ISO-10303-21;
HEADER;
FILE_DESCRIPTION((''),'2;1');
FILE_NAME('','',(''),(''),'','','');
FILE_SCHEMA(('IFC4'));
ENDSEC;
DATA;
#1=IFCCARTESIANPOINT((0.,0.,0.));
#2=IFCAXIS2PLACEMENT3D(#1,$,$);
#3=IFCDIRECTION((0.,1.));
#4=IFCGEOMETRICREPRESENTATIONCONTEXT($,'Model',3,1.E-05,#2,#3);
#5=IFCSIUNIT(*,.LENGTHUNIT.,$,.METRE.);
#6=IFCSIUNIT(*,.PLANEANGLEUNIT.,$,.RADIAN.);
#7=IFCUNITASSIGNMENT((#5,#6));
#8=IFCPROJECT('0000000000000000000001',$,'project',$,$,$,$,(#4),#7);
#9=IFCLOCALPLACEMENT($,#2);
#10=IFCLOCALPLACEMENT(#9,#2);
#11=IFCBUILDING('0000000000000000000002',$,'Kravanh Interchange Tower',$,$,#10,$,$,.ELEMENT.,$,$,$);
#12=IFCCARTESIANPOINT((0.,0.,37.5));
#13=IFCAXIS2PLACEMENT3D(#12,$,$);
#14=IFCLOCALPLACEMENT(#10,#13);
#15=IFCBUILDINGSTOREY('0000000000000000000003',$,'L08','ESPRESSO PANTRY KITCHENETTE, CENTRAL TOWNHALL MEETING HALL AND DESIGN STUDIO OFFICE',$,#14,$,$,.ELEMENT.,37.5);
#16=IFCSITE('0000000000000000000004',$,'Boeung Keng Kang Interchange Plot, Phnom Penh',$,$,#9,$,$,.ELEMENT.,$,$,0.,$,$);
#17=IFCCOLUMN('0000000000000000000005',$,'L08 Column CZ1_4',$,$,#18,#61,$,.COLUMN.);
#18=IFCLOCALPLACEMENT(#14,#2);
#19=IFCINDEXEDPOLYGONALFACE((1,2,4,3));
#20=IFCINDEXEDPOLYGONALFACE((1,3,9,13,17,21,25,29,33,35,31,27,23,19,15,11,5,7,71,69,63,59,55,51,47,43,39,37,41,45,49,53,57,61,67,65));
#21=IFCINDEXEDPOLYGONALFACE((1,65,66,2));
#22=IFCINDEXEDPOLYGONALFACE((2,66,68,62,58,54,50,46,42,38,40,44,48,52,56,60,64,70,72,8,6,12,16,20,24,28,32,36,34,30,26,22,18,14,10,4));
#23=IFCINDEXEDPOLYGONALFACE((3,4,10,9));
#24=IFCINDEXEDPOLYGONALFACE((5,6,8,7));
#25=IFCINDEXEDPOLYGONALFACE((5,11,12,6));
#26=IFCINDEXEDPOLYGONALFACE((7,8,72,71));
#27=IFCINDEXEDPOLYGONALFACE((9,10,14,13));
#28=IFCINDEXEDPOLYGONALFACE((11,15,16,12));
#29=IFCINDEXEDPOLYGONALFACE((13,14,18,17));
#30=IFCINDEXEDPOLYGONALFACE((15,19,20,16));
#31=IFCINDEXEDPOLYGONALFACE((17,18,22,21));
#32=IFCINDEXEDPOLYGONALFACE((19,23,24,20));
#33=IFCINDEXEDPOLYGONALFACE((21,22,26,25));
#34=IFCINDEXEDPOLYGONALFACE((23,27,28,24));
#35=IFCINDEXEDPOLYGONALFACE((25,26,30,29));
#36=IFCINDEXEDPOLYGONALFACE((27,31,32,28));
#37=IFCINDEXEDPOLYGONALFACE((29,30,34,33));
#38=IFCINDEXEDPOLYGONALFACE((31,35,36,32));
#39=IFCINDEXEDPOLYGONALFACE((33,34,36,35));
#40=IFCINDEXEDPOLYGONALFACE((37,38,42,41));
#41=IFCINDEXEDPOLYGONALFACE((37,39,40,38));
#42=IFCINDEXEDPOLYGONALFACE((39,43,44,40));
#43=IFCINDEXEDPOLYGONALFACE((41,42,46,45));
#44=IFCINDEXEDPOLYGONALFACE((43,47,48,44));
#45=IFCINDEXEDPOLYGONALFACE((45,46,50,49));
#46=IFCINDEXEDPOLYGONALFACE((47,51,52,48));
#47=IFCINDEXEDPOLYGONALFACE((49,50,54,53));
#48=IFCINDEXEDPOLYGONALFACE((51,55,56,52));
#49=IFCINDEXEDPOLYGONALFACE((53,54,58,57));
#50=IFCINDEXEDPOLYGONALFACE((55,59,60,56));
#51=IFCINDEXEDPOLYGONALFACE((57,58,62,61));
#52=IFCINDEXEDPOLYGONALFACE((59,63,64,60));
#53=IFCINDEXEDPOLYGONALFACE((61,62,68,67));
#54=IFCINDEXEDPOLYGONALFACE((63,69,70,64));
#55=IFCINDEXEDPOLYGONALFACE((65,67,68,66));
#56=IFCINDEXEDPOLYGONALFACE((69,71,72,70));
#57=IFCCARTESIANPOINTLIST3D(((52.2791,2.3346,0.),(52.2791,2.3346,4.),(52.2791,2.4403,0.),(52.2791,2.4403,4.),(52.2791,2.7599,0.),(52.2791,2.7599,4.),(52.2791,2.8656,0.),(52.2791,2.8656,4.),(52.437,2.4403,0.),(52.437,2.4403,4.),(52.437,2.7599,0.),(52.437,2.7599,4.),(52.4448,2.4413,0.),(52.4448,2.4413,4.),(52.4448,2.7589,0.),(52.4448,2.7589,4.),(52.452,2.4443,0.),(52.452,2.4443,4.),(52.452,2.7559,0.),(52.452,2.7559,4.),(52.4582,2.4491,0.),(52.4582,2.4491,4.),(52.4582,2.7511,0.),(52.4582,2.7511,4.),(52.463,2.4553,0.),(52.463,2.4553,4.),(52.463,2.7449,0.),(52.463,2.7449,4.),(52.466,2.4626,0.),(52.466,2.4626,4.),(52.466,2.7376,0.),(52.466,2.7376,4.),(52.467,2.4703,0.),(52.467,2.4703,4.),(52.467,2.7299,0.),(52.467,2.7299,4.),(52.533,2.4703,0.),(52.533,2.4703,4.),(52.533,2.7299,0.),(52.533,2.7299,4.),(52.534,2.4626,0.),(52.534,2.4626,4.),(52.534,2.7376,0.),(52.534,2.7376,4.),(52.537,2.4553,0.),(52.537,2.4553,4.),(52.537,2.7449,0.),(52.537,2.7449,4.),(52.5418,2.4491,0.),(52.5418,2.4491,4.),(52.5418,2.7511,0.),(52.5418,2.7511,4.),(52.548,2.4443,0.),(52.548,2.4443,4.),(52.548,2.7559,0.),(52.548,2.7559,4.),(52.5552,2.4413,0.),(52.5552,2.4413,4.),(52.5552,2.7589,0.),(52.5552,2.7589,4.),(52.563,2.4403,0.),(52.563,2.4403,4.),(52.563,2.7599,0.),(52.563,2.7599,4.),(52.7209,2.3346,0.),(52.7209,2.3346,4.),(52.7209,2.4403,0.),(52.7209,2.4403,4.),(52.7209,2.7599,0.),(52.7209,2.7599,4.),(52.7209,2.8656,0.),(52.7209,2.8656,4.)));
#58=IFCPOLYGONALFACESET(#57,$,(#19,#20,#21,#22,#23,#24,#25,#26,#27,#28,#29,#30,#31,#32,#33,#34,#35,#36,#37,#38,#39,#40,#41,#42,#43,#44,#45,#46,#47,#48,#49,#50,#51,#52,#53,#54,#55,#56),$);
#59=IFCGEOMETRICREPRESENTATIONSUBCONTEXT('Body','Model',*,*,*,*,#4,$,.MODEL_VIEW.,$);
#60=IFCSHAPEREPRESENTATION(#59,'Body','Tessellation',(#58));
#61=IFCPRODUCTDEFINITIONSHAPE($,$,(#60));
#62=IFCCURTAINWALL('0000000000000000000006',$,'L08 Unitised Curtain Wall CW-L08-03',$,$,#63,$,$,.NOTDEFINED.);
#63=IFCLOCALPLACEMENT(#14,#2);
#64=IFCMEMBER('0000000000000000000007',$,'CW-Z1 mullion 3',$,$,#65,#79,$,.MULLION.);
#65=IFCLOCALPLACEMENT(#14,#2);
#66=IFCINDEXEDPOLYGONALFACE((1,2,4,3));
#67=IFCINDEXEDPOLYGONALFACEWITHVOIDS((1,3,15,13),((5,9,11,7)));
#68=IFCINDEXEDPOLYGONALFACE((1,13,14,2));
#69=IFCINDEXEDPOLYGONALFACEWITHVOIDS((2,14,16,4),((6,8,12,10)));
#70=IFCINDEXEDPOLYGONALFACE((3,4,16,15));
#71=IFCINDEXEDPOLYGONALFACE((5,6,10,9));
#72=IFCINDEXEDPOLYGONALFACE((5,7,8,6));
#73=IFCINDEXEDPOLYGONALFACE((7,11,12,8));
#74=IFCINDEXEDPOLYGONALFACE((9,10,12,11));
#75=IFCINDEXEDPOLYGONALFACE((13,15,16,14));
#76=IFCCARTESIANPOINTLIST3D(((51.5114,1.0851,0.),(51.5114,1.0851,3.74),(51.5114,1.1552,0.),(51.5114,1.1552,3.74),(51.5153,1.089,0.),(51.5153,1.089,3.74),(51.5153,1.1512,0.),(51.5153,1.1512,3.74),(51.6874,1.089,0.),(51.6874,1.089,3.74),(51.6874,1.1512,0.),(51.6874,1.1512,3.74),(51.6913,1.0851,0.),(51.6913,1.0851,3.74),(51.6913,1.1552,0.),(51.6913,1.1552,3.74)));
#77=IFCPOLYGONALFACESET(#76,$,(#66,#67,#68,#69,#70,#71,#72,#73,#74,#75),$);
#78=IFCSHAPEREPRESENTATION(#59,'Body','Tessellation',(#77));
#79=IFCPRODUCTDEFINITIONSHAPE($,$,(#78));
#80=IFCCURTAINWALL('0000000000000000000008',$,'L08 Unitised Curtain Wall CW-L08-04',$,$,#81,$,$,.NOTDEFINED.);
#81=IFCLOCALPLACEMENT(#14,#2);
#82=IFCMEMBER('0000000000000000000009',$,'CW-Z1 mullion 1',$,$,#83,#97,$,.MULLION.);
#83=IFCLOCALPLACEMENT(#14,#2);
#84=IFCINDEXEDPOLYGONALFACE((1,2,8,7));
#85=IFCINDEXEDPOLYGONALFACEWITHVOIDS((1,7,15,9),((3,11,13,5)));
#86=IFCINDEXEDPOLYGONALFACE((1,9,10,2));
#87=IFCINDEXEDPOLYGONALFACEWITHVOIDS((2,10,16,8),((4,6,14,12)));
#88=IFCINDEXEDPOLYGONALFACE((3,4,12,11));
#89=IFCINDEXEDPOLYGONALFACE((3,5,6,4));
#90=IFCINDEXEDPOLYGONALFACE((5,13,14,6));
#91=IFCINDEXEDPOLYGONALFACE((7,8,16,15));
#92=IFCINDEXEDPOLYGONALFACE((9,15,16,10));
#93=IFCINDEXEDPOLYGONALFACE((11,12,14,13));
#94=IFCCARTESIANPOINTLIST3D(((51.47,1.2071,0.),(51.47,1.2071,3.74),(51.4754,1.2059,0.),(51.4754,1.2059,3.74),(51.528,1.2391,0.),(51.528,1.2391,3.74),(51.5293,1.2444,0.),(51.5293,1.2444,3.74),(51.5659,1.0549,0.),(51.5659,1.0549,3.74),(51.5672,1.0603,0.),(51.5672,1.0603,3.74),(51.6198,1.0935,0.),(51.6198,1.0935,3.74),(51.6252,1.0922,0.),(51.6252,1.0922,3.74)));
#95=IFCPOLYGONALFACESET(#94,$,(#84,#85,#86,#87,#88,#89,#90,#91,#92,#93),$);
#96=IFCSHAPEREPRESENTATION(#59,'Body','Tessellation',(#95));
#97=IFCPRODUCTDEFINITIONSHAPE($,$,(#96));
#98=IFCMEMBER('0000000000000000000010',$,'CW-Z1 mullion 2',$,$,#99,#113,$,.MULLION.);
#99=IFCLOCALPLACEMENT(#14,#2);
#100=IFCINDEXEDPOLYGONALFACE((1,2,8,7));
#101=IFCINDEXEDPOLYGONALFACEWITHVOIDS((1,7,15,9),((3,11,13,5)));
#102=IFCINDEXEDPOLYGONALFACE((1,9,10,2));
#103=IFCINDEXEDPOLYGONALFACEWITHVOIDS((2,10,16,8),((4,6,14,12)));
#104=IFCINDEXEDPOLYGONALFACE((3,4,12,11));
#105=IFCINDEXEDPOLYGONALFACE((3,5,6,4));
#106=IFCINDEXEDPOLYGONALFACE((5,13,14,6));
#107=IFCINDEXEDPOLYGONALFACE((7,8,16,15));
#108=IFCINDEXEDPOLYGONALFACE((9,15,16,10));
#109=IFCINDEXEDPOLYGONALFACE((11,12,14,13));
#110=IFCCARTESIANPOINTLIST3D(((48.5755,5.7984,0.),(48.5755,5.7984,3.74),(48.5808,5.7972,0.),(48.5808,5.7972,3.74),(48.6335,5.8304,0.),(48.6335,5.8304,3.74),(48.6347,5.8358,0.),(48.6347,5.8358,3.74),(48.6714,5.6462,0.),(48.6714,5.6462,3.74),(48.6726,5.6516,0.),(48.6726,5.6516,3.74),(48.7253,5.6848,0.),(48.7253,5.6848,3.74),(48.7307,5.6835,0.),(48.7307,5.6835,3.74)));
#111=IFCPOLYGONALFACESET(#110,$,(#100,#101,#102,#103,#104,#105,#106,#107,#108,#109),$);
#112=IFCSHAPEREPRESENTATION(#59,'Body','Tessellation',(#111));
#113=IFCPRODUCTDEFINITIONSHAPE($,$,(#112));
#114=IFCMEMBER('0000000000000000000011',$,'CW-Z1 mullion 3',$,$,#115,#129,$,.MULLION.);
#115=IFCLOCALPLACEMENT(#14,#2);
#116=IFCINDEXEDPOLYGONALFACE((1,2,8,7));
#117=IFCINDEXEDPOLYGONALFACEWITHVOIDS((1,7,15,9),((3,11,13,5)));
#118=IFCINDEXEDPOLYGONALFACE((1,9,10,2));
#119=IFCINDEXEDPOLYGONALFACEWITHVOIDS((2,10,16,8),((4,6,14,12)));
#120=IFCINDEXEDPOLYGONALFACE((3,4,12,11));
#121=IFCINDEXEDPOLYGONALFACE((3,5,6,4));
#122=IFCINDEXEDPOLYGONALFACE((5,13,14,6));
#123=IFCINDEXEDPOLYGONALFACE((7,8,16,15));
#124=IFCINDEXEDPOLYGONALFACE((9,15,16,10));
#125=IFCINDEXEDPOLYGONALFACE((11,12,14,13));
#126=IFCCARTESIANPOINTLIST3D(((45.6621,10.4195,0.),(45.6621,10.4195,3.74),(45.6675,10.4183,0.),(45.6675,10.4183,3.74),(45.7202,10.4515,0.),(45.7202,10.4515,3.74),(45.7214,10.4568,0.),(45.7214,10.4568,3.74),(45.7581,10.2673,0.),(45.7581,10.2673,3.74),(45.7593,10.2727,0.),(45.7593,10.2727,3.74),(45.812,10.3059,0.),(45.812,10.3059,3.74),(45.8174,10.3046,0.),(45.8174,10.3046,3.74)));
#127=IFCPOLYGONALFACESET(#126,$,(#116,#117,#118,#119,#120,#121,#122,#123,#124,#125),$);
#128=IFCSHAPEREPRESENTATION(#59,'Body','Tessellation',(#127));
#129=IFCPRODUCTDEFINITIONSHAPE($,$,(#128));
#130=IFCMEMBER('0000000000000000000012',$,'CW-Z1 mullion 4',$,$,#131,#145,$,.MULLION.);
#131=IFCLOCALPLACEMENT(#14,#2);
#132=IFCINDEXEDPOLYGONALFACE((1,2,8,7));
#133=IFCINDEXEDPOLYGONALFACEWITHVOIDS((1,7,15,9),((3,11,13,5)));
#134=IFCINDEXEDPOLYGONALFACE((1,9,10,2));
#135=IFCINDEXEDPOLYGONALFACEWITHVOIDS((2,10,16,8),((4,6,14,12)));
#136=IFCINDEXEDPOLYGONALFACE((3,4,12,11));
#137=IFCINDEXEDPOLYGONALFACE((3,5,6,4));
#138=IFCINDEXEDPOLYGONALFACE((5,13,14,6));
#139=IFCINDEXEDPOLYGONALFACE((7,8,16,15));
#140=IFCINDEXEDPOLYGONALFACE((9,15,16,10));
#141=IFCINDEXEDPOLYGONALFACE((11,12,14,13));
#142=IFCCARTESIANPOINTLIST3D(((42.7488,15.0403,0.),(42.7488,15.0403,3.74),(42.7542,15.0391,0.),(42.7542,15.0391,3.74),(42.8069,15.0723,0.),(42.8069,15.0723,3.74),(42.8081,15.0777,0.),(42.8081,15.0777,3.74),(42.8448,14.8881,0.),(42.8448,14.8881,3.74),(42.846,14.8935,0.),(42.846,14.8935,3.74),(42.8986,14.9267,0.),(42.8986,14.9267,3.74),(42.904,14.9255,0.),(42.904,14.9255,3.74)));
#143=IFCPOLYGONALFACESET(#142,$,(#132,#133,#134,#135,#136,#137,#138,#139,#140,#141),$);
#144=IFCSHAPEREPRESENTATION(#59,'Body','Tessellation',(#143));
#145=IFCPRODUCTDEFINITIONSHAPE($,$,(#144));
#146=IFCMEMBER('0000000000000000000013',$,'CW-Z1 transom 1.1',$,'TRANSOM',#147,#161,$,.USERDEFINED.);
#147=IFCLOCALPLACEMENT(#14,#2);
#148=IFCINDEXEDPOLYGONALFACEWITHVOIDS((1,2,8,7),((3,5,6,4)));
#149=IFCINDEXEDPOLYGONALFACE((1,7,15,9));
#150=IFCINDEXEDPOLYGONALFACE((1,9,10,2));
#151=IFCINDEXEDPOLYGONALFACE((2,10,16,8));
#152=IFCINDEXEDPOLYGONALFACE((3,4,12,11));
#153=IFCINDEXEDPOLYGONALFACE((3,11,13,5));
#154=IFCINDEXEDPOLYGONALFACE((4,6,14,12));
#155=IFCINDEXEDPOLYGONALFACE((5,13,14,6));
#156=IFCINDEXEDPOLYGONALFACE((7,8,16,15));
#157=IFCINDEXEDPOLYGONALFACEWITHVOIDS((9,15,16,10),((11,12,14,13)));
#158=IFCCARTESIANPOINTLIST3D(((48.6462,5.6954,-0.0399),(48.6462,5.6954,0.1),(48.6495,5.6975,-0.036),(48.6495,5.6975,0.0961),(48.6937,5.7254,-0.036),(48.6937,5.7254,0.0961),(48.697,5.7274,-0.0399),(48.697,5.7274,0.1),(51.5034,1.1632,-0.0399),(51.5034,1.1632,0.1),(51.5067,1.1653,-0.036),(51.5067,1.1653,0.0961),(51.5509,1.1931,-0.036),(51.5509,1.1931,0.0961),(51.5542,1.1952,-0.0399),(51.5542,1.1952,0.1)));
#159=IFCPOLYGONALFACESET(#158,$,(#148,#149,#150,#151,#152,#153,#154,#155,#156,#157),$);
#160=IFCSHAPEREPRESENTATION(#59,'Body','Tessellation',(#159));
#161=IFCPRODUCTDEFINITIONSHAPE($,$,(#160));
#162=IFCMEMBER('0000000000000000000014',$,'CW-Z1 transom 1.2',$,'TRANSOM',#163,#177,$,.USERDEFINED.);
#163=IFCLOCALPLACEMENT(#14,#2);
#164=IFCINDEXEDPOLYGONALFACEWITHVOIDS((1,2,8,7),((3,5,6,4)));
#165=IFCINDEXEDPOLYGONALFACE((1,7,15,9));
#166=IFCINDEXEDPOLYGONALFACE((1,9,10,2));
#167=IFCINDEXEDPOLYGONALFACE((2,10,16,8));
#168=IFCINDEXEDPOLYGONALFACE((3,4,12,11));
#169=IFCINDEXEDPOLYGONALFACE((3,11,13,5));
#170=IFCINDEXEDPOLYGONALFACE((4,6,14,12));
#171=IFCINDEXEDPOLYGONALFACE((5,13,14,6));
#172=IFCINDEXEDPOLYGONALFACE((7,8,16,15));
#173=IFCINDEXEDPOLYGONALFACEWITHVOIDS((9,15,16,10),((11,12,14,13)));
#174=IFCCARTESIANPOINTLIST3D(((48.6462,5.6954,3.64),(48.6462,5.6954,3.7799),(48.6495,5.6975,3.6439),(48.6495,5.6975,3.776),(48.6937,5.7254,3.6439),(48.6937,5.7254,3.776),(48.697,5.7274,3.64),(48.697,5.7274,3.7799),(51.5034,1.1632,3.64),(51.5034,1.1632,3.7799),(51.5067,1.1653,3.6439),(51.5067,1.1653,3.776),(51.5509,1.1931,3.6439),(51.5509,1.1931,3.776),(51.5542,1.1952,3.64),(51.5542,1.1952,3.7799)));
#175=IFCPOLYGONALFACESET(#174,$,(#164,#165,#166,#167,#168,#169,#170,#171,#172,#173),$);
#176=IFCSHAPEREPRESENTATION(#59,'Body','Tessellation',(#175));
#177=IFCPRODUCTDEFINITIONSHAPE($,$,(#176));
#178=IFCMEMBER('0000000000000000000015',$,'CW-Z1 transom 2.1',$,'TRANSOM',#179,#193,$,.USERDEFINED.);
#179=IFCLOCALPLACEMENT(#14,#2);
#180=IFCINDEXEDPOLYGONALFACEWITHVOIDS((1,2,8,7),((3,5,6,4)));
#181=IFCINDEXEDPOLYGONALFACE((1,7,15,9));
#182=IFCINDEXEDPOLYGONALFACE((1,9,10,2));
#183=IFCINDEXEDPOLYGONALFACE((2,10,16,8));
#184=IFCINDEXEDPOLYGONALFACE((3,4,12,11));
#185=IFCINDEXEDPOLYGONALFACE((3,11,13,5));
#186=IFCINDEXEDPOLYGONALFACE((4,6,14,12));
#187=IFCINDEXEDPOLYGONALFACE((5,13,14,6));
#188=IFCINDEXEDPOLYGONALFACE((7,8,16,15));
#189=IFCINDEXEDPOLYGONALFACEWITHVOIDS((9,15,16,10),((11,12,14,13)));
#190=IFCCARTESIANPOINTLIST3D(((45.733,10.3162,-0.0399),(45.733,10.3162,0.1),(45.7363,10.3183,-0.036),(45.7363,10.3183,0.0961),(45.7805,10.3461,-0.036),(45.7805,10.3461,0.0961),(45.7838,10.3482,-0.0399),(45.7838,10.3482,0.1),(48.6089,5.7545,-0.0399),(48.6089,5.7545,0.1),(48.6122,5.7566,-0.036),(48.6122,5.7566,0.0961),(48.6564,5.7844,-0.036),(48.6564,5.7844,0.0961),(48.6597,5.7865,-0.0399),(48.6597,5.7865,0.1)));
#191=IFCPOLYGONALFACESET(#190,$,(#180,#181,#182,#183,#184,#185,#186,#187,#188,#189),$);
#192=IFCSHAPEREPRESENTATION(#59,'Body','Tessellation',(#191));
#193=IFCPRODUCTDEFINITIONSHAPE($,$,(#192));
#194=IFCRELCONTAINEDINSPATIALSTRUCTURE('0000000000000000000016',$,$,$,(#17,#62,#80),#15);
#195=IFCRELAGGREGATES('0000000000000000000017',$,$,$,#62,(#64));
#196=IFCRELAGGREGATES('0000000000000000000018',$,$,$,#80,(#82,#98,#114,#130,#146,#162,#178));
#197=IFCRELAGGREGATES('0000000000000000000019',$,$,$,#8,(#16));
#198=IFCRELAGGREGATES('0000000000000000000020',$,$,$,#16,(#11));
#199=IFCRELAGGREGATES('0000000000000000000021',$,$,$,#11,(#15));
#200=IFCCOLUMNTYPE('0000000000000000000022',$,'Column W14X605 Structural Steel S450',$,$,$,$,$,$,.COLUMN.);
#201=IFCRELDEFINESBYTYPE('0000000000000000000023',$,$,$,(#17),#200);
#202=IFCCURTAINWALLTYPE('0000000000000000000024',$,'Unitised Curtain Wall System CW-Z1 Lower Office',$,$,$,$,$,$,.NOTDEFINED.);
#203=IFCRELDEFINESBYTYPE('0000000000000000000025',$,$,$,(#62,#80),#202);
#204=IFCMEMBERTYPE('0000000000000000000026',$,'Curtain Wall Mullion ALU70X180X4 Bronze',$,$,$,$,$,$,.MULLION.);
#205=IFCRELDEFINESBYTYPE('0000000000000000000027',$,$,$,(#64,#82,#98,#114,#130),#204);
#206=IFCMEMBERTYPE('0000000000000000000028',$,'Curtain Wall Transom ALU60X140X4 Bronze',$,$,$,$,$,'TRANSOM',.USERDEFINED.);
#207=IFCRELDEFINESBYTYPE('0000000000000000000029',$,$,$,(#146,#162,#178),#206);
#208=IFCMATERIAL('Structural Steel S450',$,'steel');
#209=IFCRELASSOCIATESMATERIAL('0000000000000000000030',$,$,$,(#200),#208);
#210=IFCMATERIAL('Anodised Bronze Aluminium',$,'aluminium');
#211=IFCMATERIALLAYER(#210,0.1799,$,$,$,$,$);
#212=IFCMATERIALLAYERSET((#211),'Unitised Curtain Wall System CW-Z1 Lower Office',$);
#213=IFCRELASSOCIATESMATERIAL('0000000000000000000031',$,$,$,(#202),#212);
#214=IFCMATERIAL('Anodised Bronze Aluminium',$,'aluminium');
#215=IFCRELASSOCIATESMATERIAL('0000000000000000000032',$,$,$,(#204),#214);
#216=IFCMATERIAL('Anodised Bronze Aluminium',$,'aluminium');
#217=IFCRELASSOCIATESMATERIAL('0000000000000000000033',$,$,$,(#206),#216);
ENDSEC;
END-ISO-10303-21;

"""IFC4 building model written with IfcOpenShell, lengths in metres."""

from ifc_helpers import new_model, si_unit, direction, frame, origin, origin_2d, place, context, subcontext, project, spatial, hollow_rectangle, i_section, extrude, material, layer, layer_set, material_profile, profile_set, type_object, element, aggregate, save


model = new_model("IFC4")

# Units and contexts
model_context = context("Model", 3, precision=1e-05, world=origin(), true_north=direction((0.0, 1.0)))
body_context = subcontext(model_context, "Body", "Model", "MODEL_VIEW")
ifc_project = project(units=[si_unit("LENGTHUNIT", "METRE"), si_unit("PLANEANGLEUNIT", "RADIAN")], contexts=[model_context])

# Site, building, storey
site_placement = place(None, origin())
site = spatial("IfcSite", under=ifc_project, at=site_placement, Name="Boeung Keng Kang Interchange Plot, Phnom Penh", CompositionType="ELEMENT", RefElevation=0.0)
building_placement = place(site_placement, origin())
building = spatial("IfcBuilding", under=site, at=building_placement, Name="Kravanh Interchange Tower", CompositionType="ELEMENT")
storey_placement = place(building_placement, frame((0.0, 0.0, 37.5)))
storey = spatial("IfcBuildingStorey", under=building, at=storey_placement, Name="L08", Description="ESPRESSO PANTRY KITCHENETTE, CENTRAL TOWNHALL MEETING HALL AND DESIGN STUDIO OFFICE", CompositionType="ELEMENT", Elevation=37.5)

# Column
ifc_material_1 = material(Name="Structural Steel S450", Category="steel")
ifc_material_profile_1 = material_profile(ifc_material_1, i_section(OverallWidth=0.4419, OverallDepth=0.531, WebThickness=0.0659, FlangeThickness=0.1057, FilletRadius=0.03, at=origin_2d()), Name="W14X605")
ifc_profile_set_1 = profile_set([ifc_material_profile_1], Name="Structural Steel S450")
column_type = type_object("IfcColumnType", Name="Column W14X605 Structural Steel S450", PredefinedType="COLUMN", material=ifc_profile_set_1)
column_placement = place(storey_placement, frame((52.5, 2.6001, 0.0), z_axis=(0.0, 0.0, 1.0), x_axis=(1.0, 0.0, 0.0)))
element("IfcColumn", 1, at=column_placement, inside=storey, type_object=column_type, Name="L08 Column CZ1_4", PredefinedType="COLUMN", context=body_context, shape_type="SweptSolid", body=[
    extrude(i_section(OverallWidth=0.4419, OverallDepth=0.531, WebThickness=0.0659, FlangeThickness=0.1057, FilletRadius=0.03, at=origin_2d()), origin(), (0.0, 0.0, 1.0), 4.0),
])

# Curtain wall, member
ifc_material_2 = material(Name="Anodised Bronze Aluminium", Category="aluminium")
ifc_layer_1 = layer(ifc_material_2, 0.1799)
ifc_layer_set_1 = layer_set([ifc_layer_1], Name="Unitised Curtain Wall System CW-Z1 Lower Office")
curtain_wall_type = type_object("IfcCurtainWallType", Name="Unitised Curtain Wall System CW-Z1 Lower Office", PredefinedType="NOTDEFINED", material=ifc_layer_set_1)
curtain_wall_1_placement = place(storey_placement, origin())
curtain_wall_1 = element("IfcCurtainWall", 2, at=curtain_wall_1_placement, inside=storey, type_object=curtain_wall_type, Name="L08 Unitised Curtain Wall CW-L08-03", PredefinedType="NOTDEFINED")
ifc_material_3 = material(Name="Anodised Bronze Aluminium", Category="aluminium")
ifc_material_profile_2 = material_profile(ifc_material_3, hollow_rectangle(XDim=0.0701, YDim=0.1799, WallThickness=0.0039, at=origin_2d()), Name="ALU70X180X4")
ifc_profile_set_2 = profile_set([ifc_material_profile_2], Name="Anodised Bronze Aluminium")
member_type_1 = type_object("IfcMemberType", Name="Curtain Wall Mullion ALU70X180X4 Bronze", PredefinedType="MULLION", material=ifc_profile_set_2)
member_1_placement = place(storey_placement, frame((51.6013, 1.1201, 0.0), z_axis=(0.0, 0.0, 1.0), x_axis=(0.0, -1.0, 0.0)))
member_1 = element("IfcMember", 3, at=member_1_placement, type_object=member_type_1, Name="CW-Z1 mullion 3", PredefinedType="MULLION", context=body_context, shape_type="SweptSolid", body=[
    extrude(hollow_rectangle(XDim=0.0701, YDim=0.1799, WallThickness=0.0039, at=origin_2d()), origin(), (0.0, 0.0, 1.0), 3.74),
])

# Curtain wall, members
curtain_wall_2_placement = place(storey_placement, origin())
curtain_wall_2 = element("IfcCurtainWall", 4, at=curtain_wall_2_placement, inside=storey, type_object=curtain_wall_type, Name="L08 Unitised Curtain Wall CW-L08-04", PredefinedType="NOTDEFINED")
member_2_placement = place(storey_placement, frame((51.5476, 1.1497, 0.0), z_axis=(0.0, 0.0, 1.0), x_axis=(-0.845926, -0.533301, 0.0)))
member_2 = element("IfcMember", 5, at=member_2_placement, type_object=member_type_1, Name="CW-Z1 mullion 1", PredefinedType="MULLION", context=body_context, shape_type="SweptSolid", body=[
    extrude(hollow_rectangle(XDim=0.0701, YDim=0.1799, WallThickness=0.0039, at=origin_2d()), origin(), (0.0, 0.0, 1.0), 3.74),
])
member_3_placement = place(storey_placement, frame((48.6531, 5.741, 0.0), z_axis=(0.0, 0.0, 1.0), x_axis=(-0.845926, -0.533301, 0.0)))
member_3 = element("IfcMember", 6, at=member_3_placement, type_object=member_type_1, Name="CW-Z1 mullion 2", PredefinedType="MULLION", context=body_context, shape_type="SweptSolid", body=[
    extrude(hollow_rectangle(XDim=0.0701, YDim=0.1799, WallThickness=0.0039, at=origin_2d()), origin(), (0.0, 0.0, 1.0), 3.74),
])
member_4_placement = place(storey_placement, frame((45.7397, 10.3621, 0.0), z_axis=(0.0, 0.0, 1.0), x_axis=(-0.845926, -0.533301, 0.0)))
member_4 = element("IfcMember", 7, at=member_4_placement, type_object=member_type_1, Name="CW-Z1 mullion 3", PredefinedType="MULLION", context=body_context, shape_type="SweptSolid", body=[
    extrude(hollow_rectangle(XDim=0.0701, YDim=0.1799, WallThickness=0.0039, at=origin_2d()), origin(), (0.0, 0.0, 1.0), 3.74),
])
member_5_placement = place(storey_placement, frame((42.8264, 14.9829, 0.0), z_axis=(0.0, 0.0, 1.0), x_axis=(-0.845926, -0.533301, 0.0)))
member_5 = element("IfcMember", 8, at=member_5_placement, type_object=member_type_1, Name="CW-Z1 mullion 4", PredefinedType="MULLION", context=body_context, shape_type="SweptSolid", body=[
    extrude(hollow_rectangle(XDim=0.0701, YDim=0.1799, WallThickness=0.0039, at=origin_2d()), origin(), (0.0, 0.0, 1.0), 3.74),
])
ifc_material_4 = material(Name="Anodised Bronze Aluminium", Category="aluminium")
ifc_material_profile_3 = material_profile(ifc_material_4, hollow_rectangle(XDim=0.0601, YDim=0.1399, WallThickness=0.0039, at=origin_2d()), Name="ALU60X140X4")
ifc_profile_set_3 = profile_set([ifc_material_profile_3], Name="Anodised Bronze Aluminium")
member_type_2 = type_object("IfcMemberType", Name="Curtain Wall Transom ALU60X140X4 Bronze", ElementType="TRANSOM", PredefinedType="USERDEFINED", material=ifc_profile_set_3)
member_6_placement = place(storey_placement, frame((51.5288, 1.1792, 0.03), z_axis=(-0.533288, 0.845934, 0.0), x_axis=(-0.845934, -0.533288, 0.0)))
member_6 = element("IfcMember", 9, at=member_6_placement, type_object=member_type_2, Name="CW-Z1 transom 1.1", ObjectType="TRANSOM", PredefinedType="USERDEFINED", context=body_context, shape_type="SweptSolid", body=[
    extrude(hollow_rectangle(XDim=0.0601, YDim=0.1399, WallThickness=0.0039, at=origin_2d()), origin(), (0.0, 0.0, 1.0), 5.3577),
])
member_7_placement = place(storey_placement, frame((51.5288, 1.1792, 3.71), z_axis=(-0.533288, 0.845934, 0.0), x_axis=(-0.845934, -0.533288, 0.0)))
member_7 = element("IfcMember", 10, at=member_7_placement, type_object=member_type_2, Name="CW-Z1 transom 1.2", ObjectType="TRANSOM", PredefinedType="USERDEFINED", context=body_context, shape_type="SweptSolid", body=[
    extrude(hollow_rectangle(XDim=0.0601, YDim=0.1399, WallThickness=0.0039, at=origin_2d()), origin(), (0.0, 0.0, 1.0), 5.3577),
])
member_8_placement = place(storey_placement, frame((48.6343, 5.7705, 0.03), z_axis=(-0.533311, 0.845919, 0.0), x_axis=(-0.845919, -0.533311, 0.0)))
member_8 = element("IfcMember", 11, at=member_8_placement, type_object=member_type_2, Name="CW-Z1 transom 2.1", ObjectType="TRANSOM", PredefinedType="USERDEFINED", context=body_context, shape_type="SweptSolid", body=[
    extrude(hollow_rectangle(XDim=0.0601, YDim=0.1399, WallThickness=0.0039, at=origin_2d()), origin(), (0.0, 0.0, 1.0), 5.3926),
])

aggregate(curtain_wall_1, [member_1])
aggregate(curtain_wall_2, [member_2, member_3, member_4, member_5, member_6, member_7, member_8])

save(model, "model.ifc")
